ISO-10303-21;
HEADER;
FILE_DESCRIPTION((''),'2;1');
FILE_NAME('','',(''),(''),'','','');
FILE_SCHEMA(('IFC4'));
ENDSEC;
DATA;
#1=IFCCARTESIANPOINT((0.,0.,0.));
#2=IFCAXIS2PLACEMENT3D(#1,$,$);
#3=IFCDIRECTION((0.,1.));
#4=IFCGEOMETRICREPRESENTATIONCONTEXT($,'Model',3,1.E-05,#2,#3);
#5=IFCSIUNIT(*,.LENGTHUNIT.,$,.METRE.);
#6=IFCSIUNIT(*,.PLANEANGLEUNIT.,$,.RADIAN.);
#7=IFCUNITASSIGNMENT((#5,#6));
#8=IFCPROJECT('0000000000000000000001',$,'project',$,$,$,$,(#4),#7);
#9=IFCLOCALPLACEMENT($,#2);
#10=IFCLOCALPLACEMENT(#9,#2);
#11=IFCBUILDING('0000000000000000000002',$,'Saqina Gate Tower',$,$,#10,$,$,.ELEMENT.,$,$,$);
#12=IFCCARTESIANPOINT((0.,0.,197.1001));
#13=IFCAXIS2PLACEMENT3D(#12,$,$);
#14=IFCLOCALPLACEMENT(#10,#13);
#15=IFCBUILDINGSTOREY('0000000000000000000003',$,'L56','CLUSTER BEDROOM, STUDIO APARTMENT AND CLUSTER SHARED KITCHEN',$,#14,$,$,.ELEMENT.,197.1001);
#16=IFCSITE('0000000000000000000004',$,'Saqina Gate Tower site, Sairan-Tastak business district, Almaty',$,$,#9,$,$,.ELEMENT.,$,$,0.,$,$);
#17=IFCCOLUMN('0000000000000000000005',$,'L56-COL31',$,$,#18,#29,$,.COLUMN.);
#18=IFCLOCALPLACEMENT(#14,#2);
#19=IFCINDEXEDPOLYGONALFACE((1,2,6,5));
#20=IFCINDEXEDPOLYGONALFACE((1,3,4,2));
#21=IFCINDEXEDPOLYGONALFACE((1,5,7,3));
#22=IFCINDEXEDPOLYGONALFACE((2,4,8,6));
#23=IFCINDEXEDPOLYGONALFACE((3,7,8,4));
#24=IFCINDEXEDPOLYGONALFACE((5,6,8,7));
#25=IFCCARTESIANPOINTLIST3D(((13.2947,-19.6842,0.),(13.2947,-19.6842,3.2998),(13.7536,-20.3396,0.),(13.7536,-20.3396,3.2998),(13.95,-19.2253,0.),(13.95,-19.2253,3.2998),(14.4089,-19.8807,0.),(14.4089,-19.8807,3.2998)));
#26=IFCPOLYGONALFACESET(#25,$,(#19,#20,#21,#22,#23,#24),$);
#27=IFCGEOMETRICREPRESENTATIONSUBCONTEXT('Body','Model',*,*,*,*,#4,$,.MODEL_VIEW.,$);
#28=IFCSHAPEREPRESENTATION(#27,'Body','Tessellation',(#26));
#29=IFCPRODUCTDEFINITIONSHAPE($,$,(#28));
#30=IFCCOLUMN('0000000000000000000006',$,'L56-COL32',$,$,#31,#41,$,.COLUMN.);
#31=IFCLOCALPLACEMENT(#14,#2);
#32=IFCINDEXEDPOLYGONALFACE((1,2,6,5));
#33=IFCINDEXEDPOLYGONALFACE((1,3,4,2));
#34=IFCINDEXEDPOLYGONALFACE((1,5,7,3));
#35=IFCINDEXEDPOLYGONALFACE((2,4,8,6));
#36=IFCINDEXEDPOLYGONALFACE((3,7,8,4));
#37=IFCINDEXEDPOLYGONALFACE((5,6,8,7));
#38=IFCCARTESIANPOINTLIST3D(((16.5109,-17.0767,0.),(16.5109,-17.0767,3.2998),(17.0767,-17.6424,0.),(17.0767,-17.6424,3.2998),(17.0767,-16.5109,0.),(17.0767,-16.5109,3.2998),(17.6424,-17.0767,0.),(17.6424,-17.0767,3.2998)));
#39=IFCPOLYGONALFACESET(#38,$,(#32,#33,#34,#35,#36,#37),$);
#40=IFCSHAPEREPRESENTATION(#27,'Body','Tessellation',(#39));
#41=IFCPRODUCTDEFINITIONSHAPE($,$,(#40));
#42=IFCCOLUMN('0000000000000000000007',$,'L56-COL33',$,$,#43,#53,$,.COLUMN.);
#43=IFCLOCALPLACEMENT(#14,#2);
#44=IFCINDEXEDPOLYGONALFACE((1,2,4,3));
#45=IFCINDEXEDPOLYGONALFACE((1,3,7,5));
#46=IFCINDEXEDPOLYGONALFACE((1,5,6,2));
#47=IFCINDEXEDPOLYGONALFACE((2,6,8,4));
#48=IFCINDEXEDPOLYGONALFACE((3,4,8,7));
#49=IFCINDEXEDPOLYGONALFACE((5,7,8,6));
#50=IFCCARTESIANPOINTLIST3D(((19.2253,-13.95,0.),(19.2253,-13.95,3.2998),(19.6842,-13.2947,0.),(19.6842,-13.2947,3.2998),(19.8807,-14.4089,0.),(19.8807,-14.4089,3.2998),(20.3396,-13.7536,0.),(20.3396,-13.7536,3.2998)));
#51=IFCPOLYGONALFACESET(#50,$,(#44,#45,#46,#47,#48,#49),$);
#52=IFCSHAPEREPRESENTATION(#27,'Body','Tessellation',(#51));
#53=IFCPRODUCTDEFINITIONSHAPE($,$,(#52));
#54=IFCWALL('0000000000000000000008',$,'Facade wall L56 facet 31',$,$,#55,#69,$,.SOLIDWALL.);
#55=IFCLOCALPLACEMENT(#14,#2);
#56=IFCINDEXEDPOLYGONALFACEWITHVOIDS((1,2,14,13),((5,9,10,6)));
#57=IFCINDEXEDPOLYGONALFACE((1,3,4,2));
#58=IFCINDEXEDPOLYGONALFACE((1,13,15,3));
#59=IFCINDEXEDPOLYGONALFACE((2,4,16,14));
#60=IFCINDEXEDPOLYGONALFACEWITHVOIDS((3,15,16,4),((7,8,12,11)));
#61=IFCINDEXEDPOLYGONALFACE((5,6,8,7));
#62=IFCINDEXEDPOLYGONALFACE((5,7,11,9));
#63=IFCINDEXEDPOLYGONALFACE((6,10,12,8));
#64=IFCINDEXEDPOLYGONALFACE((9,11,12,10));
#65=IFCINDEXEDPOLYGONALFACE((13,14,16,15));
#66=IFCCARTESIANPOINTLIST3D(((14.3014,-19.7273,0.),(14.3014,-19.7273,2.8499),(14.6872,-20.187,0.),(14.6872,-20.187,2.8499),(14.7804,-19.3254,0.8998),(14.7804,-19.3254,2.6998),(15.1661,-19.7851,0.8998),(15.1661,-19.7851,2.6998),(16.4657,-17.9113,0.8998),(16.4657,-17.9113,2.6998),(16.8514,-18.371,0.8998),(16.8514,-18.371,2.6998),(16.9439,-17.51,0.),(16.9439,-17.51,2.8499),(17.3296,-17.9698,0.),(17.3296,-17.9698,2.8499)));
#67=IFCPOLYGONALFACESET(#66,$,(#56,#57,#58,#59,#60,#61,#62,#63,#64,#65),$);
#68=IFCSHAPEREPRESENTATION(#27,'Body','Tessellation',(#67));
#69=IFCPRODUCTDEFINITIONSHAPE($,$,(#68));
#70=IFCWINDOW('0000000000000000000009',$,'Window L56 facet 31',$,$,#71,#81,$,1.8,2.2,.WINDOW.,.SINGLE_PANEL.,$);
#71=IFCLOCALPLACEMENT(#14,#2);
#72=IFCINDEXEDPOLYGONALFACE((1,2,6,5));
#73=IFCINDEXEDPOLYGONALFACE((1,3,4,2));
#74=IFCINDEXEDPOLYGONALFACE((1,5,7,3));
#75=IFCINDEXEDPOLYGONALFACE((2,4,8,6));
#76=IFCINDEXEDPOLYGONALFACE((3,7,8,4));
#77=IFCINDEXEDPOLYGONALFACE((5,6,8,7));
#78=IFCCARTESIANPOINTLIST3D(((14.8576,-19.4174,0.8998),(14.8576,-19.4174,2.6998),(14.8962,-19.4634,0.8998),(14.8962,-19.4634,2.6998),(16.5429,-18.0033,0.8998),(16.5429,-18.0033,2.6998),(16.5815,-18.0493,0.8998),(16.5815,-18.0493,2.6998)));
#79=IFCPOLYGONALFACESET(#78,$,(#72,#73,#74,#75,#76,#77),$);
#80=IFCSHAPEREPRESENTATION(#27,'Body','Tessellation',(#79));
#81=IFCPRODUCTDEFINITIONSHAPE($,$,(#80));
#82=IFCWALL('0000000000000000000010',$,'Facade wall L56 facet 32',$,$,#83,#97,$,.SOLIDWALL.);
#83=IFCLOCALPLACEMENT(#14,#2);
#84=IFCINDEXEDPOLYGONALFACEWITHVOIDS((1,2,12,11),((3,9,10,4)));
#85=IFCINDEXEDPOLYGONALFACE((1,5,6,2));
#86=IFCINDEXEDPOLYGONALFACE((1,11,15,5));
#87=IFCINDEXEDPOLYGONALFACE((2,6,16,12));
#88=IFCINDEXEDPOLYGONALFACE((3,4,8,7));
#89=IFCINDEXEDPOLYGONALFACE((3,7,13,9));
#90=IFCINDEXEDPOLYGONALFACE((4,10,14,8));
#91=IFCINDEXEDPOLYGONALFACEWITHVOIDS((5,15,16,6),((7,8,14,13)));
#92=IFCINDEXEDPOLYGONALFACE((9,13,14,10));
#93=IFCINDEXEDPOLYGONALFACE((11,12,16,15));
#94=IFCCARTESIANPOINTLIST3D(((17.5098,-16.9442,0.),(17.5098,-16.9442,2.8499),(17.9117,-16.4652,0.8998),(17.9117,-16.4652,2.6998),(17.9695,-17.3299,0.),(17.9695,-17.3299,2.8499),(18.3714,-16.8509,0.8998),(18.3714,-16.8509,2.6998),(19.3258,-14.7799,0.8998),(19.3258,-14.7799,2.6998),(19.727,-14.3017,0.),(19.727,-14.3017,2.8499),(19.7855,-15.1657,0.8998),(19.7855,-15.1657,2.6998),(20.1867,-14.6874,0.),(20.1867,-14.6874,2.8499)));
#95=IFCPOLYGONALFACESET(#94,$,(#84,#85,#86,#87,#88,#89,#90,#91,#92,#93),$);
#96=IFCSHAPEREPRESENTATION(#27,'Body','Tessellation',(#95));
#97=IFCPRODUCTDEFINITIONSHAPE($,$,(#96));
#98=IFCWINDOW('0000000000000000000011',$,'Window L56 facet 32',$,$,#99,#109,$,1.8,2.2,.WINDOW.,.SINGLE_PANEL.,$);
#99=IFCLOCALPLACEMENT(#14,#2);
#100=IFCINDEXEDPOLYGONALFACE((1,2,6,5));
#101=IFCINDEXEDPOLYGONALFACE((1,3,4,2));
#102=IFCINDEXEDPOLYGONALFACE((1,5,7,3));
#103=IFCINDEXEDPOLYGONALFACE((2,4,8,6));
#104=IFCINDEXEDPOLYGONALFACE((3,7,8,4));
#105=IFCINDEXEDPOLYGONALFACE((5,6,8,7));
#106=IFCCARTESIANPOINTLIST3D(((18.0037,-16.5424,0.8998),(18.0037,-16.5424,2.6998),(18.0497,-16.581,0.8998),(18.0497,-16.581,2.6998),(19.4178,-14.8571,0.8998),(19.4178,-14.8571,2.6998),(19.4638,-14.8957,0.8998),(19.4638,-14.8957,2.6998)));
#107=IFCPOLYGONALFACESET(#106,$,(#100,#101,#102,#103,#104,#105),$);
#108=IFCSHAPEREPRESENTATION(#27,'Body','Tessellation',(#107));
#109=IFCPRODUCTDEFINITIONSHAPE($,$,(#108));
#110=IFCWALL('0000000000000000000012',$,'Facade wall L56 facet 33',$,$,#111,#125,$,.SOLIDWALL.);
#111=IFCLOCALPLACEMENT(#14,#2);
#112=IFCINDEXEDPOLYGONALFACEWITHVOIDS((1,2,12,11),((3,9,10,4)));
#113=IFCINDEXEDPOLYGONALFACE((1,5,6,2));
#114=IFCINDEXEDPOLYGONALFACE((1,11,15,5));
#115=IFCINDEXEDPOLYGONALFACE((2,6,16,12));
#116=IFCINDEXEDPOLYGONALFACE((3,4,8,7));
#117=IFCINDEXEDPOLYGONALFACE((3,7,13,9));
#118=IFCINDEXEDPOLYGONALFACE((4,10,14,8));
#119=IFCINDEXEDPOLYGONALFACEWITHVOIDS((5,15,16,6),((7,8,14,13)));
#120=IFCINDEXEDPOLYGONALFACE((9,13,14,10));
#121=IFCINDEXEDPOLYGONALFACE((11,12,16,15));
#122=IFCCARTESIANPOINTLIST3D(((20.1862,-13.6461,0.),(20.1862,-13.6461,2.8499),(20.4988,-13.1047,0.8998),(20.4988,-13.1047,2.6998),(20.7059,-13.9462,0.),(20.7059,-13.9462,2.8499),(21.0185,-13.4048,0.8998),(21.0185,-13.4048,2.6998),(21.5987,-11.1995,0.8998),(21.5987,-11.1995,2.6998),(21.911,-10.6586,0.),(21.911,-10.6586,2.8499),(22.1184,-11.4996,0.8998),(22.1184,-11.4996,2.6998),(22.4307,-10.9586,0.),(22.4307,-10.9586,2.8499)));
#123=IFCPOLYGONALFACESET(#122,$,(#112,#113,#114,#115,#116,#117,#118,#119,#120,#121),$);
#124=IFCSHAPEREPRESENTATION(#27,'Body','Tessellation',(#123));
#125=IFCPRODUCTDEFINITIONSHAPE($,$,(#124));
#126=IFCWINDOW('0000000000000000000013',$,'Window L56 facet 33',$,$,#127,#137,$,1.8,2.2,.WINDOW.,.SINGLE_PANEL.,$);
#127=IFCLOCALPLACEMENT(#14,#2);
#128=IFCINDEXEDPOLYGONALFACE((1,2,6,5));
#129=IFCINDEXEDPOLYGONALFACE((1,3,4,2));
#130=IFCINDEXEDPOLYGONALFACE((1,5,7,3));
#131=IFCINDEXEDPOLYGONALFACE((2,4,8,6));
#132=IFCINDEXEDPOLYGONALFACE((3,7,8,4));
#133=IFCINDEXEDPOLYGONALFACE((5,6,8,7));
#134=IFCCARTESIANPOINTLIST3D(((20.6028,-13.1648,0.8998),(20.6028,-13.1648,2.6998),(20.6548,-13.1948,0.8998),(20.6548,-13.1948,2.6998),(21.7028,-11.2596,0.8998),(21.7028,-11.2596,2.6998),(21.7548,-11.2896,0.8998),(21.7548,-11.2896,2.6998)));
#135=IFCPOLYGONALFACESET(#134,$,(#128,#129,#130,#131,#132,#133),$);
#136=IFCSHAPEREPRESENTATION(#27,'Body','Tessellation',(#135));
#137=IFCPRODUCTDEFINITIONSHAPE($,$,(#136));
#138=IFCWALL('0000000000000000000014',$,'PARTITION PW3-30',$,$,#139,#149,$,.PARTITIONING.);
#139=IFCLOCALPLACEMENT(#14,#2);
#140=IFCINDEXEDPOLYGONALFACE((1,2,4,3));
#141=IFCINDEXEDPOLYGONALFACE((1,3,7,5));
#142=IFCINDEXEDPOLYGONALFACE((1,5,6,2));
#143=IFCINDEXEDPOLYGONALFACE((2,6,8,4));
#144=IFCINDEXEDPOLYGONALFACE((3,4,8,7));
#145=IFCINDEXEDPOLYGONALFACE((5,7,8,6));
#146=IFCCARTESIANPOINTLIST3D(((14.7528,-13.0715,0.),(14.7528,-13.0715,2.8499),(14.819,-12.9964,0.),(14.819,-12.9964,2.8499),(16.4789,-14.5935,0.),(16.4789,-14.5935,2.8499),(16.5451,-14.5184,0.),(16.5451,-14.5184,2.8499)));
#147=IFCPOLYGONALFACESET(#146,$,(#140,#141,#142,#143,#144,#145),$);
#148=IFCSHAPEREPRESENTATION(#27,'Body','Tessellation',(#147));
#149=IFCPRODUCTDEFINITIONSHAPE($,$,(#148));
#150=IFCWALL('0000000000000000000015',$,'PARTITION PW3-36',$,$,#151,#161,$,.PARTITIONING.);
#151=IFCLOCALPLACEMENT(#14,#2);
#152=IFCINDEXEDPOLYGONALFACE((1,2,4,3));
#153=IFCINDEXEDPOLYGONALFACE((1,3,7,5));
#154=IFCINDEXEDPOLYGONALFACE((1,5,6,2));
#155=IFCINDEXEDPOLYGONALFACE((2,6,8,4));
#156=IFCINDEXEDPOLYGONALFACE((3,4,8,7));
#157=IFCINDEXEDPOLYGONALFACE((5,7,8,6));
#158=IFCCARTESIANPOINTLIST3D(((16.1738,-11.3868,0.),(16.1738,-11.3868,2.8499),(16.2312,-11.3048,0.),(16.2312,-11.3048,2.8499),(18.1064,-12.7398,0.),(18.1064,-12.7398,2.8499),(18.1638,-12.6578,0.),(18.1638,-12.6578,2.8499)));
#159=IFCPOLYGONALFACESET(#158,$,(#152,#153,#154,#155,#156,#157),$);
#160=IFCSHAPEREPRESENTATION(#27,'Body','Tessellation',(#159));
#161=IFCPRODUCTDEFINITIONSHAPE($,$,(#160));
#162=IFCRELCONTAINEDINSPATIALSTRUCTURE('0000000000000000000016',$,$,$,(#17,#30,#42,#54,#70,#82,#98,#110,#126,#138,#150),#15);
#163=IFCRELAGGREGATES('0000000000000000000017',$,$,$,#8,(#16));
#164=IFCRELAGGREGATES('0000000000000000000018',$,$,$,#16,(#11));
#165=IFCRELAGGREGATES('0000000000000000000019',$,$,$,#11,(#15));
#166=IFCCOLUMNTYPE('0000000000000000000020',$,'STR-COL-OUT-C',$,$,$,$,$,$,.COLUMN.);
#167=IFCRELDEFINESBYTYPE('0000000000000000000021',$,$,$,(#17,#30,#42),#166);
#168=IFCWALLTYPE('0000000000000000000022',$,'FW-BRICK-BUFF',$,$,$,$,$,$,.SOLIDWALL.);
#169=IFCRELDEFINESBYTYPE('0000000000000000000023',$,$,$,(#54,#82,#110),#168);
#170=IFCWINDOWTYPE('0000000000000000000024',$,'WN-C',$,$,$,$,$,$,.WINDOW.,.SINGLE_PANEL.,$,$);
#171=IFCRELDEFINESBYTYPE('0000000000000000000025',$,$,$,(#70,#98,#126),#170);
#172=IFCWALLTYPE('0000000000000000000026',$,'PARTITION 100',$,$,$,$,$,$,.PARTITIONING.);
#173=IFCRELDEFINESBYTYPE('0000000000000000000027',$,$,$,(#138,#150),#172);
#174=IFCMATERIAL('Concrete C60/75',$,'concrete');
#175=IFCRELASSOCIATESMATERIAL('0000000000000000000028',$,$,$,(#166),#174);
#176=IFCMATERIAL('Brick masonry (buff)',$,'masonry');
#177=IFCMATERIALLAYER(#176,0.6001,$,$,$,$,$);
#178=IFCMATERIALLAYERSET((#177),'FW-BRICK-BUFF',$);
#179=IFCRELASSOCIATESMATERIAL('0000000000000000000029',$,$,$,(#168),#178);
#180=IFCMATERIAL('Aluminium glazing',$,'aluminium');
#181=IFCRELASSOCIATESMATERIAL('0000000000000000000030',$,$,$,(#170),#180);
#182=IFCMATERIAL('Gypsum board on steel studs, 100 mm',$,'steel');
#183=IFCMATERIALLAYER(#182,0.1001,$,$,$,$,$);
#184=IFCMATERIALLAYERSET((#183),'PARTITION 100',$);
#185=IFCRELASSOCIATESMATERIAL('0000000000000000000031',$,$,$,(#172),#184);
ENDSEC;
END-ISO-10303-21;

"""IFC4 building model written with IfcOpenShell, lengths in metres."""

from ifc_helpers import new_model, si_unit, direction, frame, frame_2d, origin, origin_2d, place, context, subcontext, project, spatial, rectangle, extrude, material, layer, layer_set, material_profile, profile_set, type_object, element, fill, save


model = new_model("IFC4")

# Units and contexts
model_context = context("Model", 3, precision=1e-05, world=origin(), true_north=direction((0.0, 1.0)))
body_context = subcontext(model_context, "Body", "Model", "MODEL_VIEW")
ifc_project = project(units=[si_unit("LENGTHUNIT", "METRE"), si_unit("PLANEANGLEUNIT", "RADIAN")], contexts=[model_context])

# Site, building, storey
site_placement = place(None, origin())
site = spatial("IfcSite", under=ifc_project, at=site_placement, Name="Saqina Gate Tower site, Sairan-Tastak business district, Almaty", CompositionType="ELEMENT", RefElevation=0.0)
building_placement = place(site_placement, origin())
building = spatial("IfcBuilding", under=site, at=building_placement, Name="Saqina Gate Tower", CompositionType="ELEMENT")
storey_placement = place(building_placement, frame((0.0, 0.0, 197.1001)))
storey = spatial("IfcBuildingStorey", under=building, at=storey_placement, Name="L56", Description="CLUSTER BEDROOM, STUDIO APARTMENT AND CLUSTER SHARED KITCHEN", CompositionType="ELEMENT", Elevation=197.1001)

# Columns
ifc_material_1 = material(Name="Concrete C60/75", Category="concrete")
ifc_material_profile = material_profile(ifc_material_1, rectangle(XDim=0.8, YDim=0.8, at=origin_2d()), Name="RC 800x800")
ifc_profile_set = profile_set([ifc_material_profile], Name="Concrete C60/75")
column_type = type_object("IfcColumnType", Name="STR-COL-OUT-C", PredefinedType="COLUMN", material=ifc_profile_set)
for number, where, z_axis, x_axis, name in (
    (1, (13.8518, -19.7825, 0.0), (0.0, 0.0, 1.0), (0.573576, -0.819152, 0.0), "L56-COL31"),
    (2, (17.0767, -17.0767, 0.0), (0.0, 0.0, 1.0), (0.707107, -0.707107, 0.0), "L56-COL32"),
    (3, (19.7825, -13.8518, 0.0), (0.0, 0.0, 1.0), (0.819152, -0.573576, 0.0), "L56-COL33"),
):
    element("IfcColumn", number, at=place(storey_placement, frame(where, z_axis=z_axis, x_axis=x_axis)), inside=storey, type_object=column_type, Name=name, PredefinedType="COLUMN", context=body_context, shape_type="SweptSolid", body=[
        extrude(rectangle(XDim=0.8, YDim=0.8, at=origin_2d()), origin(), (0.0, 0.0, 1.0), 3.2998),
    ])

# Walls, openings, windows
ifc_material_2 = material(Name="Brick masonry (buff)", Category="masonry")
ifc_layer_1 = layer(ifc_material_2, 0.6001)
ifc_layer_set_1 = layer_set([ifc_layer_1], Name="FW-BRICK-BUFF")
wall_type_1 = type_object("IfcWallType", Name="FW-BRICK-BUFF", PredefinedType="SOLIDWALL", material=ifc_layer_set_1)
wall_1_placement = place(storey_placement, frame((14.4944, -19.957, 0.0), z_axis=(0.0, 0.0, 1.0), x_axis=(0.766059, 0.64277, 0.0)))
wall_1 = element("IfcWall", 4, at=wall_1_placement, inside=storey, type_object=wall_type_1, Name="Facade wall L56 facet 31", PredefinedType="SOLIDWALL", context=body_context, shape_type="SweptSolid", body=[
    extrude(rectangle(XDim=3.4495, YDim=0.6001, at=frame_2d((1.7246, 0.0))), origin(), (0.0, 0.0, 1.0), 2.8499),
])
opening_1_placement = place(wall_1_placement, frame((0.625, 0.0, 0.8999)))
opening_1 = element("IfcOpeningElement", 5, at=opening_1_placement, cuts=wall_1, PredefinedType="OPENING", context=body_context, shape_type="SweptSolid", body=[
    extrude(rectangle(XDim=2.2, YDim=1.8, at=frame_2d((1.1001, 0.8999))), frame((0.0, 0.312, 0.0), z_axis=(0.0, -1.0, 0.0), x_axis=(1.0, 0.0, 0.0)), (0.0, 0.0, 1.0), 0.624),
])
ifc_material_3 = material(Name="Aluminium glazing", Category="aluminium")
window_type = type_object("IfcWindowType", Name="WN-C", PartitioningType="SINGLE_PANEL", PredefinedType="WINDOW", material=ifc_material_3)
window_1_placement = place(opening_1_placement, origin())
window_1 = element("IfcWindow", 6, at=window_1_placement, inside=storey, type_object=window_type, Name="Window L56 facet 31", OverallHeight=1.8, OverallWidth=2.2, PartitioningType="SINGLE_PANEL", PredefinedType="WINDOW", context=body_context, shape_type="SweptSolid", body=[
    extrude(rectangle(XDim=2.2, YDim=1.8, at=frame_2d((1.1001, 0.8999))), frame((0.0, 0.1799, 0.0), z_axis=(0.0, -1.0, 0.0), x_axis=(1.0, 0.0, 0.0)), (0.0, 0.0, 1.0), 0.0601),
])
fill(opening_1, window_1)
wall_2_placement = place(storey_placement, frame((17.7397, -17.137, 0.0), z_axis=(0.0, 0.0, 1.0), x_axis=(0.64277, 0.766059, 0.0)))
wall_2 = element("IfcWall", 7, at=wall_2_placement, inside=storey, type_object=wall_type_1, Name="Facade wall L56 facet 32", PredefinedType="SOLIDWALL", context=body_context, shape_type="SweptSolid", body=[
    extrude(rectangle(XDim=3.4495, YDim=0.6001, at=frame_2d((1.7246, 0.0))), origin(), (0.0, 0.0, 1.0), 2.8499),
])
opening_2_placement = place(wall_2_placement, frame((0.625, 0.0, 0.8999)))
opening_2 = element("IfcOpeningElement", 8, at=opening_2_placement, cuts=wall_2, PredefinedType="OPENING", context=body_context, shape_type="SweptSolid", body=[
    extrude(rectangle(XDim=2.2, YDim=1.8, at=frame_2d((1.1001, 0.8999))), frame((0.0, 0.312, 0.0), z_axis=(0.0, -1.0, 0.0), x_axis=(1.0, 0.0, 0.0)), (0.0, 0.0, 1.0), 0.624),
])
window_2_placement = place(opening_2_placement, origin())
window_2 = element("IfcWindow", 9, at=window_2_placement, inside=storey, type_object=window_type, Name="Window L56 facet 32", OverallHeight=1.8, OverallWidth=2.2, PartitioningType="SINGLE_PANEL", PredefinedType="WINDOW", context=body_context, shape_type="SweptSolid", body=[
    extrude(rectangle(XDim=2.2, YDim=1.8, at=frame_2d((1.1001, 0.8999))), frame((0.0, 0.1799, 0.0), z_axis=(0.0, -1.0, 0.0), x_axis=(1.0, 0.0, 0.0)), (0.0, 0.0, 1.0), 0.0601),
])
fill(opening_2, window_2)
wall_3_placement = place(storey_placement, frame((20.446, -13.7961, 0.0), z_axis=(0.0, 0.0, 1.0), x_axis=(0.499998, 0.866026, 0.0)))
wall_3 = element("IfcWall", 10, at=wall_3_placement, inside=storey, type_object=wall_type_1, Name="Facade wall L56 facet 33", PredefinedType="SOLIDWALL", context=body_context, shape_type="SweptSolid", body=[
    extrude(rectangle(XDim=3.4497, YDim=0.6001, at=frame_2d((1.7249, 0.0))), origin(), (0.0, 0.0, 1.0), 2.8499),
])
opening_3_placement = place(wall_3_placement, frame((0.625, 0.0, 0.8999)))
opening_3 = element("IfcOpeningElement", 11, at=opening_3_placement, cuts=wall_3, PredefinedType="OPENING", context=body_context, shape_type="SweptSolid", body=[
    extrude(rectangle(XDim=2.2, YDim=1.8, at=frame_2d((1.1001, 0.8999))), frame((0.0, 0.312, 0.0), z_axis=(0.0, -1.0, 0.0), x_axis=(1.0, 0.0, 0.0)), (0.0, 0.0, 1.0), 0.624),
])
window_3_placement = place(opening_3_placement, origin())
window_3 = element("IfcWindow", 12, at=window_3_placement, inside=storey, type_object=window_type, Name="Window L56 facet 33", OverallHeight=1.8, OverallWidth=2.2, PartitioningType="SINGLE_PANEL", PredefinedType="WINDOW", context=body_context, shape_type="SweptSolid", body=[
    extrude(rectangle(XDim=2.2, YDim=1.8, at=frame_2d((1.1001, 0.8999))), frame((0.0, 0.1799, 0.0), z_axis=(0.0, -1.0, 0.0), x_axis=(1.0, 0.0, 0.0)), (0.0, 0.0, 1.0), 0.0601),
])
fill(opening_3, window_3)

# Walls
ifc_material_4 = material(Name="Gypsum board on steel studs, 100 mm", Category="steel")
ifc_layer_2 = layer(ifc_material_4, 0.1001)
ifc_layer_set_2 = layer_set([ifc_layer_2], Name="PARTITION 100")
wall_type_2 = type_object("IfcWallType", Name="PARTITION 100", PredefinedType="PARTITIONING", material=ifc_layer_set_2)
wall_4_placement = place(storey_placement, frame((14.7859, -13.0339, 0.0), z_axis=(0.0, 0.0, 1.0), x_axis=(0.750061, -0.661369, 0.0)))
element("IfcWall", 13, at=wall_4_placement, inside=storey, type_object=wall_type_2, Name="PARTITION PW3-30", PredefinedType="PARTITIONING", context=body_context, shape_type="SweptSolid", body=[
    extrude(rectangle(XDim=2.3013, YDim=0.1001, at=frame_2d((1.1506, 0.0))), origin(), (0.0, 0.0, 1.0), 2.8499),
])
wall_5_placement = place(storey_placement, frame((16.2024, -11.3457, 0.0), z_axis=(0.0, 0.0, 1.0), x_axis=(0.819193, -0.573518, 0.0)))
element("IfcWall", 14, at=wall_5_placement, inside=storey, type_object=wall_type_2, Name="PARTITION PW3-36", PredefinedType="PARTITIONING", context=body_context, shape_type="SweptSolid", body=[
    extrude(rectangle(XDim=2.3591, YDim=0.1001, at=frame_2d((1.1797, 0.0))), origin(), (0.0, 0.0, 1.0), 2.8499),
])

save(model, "model.ifc")
